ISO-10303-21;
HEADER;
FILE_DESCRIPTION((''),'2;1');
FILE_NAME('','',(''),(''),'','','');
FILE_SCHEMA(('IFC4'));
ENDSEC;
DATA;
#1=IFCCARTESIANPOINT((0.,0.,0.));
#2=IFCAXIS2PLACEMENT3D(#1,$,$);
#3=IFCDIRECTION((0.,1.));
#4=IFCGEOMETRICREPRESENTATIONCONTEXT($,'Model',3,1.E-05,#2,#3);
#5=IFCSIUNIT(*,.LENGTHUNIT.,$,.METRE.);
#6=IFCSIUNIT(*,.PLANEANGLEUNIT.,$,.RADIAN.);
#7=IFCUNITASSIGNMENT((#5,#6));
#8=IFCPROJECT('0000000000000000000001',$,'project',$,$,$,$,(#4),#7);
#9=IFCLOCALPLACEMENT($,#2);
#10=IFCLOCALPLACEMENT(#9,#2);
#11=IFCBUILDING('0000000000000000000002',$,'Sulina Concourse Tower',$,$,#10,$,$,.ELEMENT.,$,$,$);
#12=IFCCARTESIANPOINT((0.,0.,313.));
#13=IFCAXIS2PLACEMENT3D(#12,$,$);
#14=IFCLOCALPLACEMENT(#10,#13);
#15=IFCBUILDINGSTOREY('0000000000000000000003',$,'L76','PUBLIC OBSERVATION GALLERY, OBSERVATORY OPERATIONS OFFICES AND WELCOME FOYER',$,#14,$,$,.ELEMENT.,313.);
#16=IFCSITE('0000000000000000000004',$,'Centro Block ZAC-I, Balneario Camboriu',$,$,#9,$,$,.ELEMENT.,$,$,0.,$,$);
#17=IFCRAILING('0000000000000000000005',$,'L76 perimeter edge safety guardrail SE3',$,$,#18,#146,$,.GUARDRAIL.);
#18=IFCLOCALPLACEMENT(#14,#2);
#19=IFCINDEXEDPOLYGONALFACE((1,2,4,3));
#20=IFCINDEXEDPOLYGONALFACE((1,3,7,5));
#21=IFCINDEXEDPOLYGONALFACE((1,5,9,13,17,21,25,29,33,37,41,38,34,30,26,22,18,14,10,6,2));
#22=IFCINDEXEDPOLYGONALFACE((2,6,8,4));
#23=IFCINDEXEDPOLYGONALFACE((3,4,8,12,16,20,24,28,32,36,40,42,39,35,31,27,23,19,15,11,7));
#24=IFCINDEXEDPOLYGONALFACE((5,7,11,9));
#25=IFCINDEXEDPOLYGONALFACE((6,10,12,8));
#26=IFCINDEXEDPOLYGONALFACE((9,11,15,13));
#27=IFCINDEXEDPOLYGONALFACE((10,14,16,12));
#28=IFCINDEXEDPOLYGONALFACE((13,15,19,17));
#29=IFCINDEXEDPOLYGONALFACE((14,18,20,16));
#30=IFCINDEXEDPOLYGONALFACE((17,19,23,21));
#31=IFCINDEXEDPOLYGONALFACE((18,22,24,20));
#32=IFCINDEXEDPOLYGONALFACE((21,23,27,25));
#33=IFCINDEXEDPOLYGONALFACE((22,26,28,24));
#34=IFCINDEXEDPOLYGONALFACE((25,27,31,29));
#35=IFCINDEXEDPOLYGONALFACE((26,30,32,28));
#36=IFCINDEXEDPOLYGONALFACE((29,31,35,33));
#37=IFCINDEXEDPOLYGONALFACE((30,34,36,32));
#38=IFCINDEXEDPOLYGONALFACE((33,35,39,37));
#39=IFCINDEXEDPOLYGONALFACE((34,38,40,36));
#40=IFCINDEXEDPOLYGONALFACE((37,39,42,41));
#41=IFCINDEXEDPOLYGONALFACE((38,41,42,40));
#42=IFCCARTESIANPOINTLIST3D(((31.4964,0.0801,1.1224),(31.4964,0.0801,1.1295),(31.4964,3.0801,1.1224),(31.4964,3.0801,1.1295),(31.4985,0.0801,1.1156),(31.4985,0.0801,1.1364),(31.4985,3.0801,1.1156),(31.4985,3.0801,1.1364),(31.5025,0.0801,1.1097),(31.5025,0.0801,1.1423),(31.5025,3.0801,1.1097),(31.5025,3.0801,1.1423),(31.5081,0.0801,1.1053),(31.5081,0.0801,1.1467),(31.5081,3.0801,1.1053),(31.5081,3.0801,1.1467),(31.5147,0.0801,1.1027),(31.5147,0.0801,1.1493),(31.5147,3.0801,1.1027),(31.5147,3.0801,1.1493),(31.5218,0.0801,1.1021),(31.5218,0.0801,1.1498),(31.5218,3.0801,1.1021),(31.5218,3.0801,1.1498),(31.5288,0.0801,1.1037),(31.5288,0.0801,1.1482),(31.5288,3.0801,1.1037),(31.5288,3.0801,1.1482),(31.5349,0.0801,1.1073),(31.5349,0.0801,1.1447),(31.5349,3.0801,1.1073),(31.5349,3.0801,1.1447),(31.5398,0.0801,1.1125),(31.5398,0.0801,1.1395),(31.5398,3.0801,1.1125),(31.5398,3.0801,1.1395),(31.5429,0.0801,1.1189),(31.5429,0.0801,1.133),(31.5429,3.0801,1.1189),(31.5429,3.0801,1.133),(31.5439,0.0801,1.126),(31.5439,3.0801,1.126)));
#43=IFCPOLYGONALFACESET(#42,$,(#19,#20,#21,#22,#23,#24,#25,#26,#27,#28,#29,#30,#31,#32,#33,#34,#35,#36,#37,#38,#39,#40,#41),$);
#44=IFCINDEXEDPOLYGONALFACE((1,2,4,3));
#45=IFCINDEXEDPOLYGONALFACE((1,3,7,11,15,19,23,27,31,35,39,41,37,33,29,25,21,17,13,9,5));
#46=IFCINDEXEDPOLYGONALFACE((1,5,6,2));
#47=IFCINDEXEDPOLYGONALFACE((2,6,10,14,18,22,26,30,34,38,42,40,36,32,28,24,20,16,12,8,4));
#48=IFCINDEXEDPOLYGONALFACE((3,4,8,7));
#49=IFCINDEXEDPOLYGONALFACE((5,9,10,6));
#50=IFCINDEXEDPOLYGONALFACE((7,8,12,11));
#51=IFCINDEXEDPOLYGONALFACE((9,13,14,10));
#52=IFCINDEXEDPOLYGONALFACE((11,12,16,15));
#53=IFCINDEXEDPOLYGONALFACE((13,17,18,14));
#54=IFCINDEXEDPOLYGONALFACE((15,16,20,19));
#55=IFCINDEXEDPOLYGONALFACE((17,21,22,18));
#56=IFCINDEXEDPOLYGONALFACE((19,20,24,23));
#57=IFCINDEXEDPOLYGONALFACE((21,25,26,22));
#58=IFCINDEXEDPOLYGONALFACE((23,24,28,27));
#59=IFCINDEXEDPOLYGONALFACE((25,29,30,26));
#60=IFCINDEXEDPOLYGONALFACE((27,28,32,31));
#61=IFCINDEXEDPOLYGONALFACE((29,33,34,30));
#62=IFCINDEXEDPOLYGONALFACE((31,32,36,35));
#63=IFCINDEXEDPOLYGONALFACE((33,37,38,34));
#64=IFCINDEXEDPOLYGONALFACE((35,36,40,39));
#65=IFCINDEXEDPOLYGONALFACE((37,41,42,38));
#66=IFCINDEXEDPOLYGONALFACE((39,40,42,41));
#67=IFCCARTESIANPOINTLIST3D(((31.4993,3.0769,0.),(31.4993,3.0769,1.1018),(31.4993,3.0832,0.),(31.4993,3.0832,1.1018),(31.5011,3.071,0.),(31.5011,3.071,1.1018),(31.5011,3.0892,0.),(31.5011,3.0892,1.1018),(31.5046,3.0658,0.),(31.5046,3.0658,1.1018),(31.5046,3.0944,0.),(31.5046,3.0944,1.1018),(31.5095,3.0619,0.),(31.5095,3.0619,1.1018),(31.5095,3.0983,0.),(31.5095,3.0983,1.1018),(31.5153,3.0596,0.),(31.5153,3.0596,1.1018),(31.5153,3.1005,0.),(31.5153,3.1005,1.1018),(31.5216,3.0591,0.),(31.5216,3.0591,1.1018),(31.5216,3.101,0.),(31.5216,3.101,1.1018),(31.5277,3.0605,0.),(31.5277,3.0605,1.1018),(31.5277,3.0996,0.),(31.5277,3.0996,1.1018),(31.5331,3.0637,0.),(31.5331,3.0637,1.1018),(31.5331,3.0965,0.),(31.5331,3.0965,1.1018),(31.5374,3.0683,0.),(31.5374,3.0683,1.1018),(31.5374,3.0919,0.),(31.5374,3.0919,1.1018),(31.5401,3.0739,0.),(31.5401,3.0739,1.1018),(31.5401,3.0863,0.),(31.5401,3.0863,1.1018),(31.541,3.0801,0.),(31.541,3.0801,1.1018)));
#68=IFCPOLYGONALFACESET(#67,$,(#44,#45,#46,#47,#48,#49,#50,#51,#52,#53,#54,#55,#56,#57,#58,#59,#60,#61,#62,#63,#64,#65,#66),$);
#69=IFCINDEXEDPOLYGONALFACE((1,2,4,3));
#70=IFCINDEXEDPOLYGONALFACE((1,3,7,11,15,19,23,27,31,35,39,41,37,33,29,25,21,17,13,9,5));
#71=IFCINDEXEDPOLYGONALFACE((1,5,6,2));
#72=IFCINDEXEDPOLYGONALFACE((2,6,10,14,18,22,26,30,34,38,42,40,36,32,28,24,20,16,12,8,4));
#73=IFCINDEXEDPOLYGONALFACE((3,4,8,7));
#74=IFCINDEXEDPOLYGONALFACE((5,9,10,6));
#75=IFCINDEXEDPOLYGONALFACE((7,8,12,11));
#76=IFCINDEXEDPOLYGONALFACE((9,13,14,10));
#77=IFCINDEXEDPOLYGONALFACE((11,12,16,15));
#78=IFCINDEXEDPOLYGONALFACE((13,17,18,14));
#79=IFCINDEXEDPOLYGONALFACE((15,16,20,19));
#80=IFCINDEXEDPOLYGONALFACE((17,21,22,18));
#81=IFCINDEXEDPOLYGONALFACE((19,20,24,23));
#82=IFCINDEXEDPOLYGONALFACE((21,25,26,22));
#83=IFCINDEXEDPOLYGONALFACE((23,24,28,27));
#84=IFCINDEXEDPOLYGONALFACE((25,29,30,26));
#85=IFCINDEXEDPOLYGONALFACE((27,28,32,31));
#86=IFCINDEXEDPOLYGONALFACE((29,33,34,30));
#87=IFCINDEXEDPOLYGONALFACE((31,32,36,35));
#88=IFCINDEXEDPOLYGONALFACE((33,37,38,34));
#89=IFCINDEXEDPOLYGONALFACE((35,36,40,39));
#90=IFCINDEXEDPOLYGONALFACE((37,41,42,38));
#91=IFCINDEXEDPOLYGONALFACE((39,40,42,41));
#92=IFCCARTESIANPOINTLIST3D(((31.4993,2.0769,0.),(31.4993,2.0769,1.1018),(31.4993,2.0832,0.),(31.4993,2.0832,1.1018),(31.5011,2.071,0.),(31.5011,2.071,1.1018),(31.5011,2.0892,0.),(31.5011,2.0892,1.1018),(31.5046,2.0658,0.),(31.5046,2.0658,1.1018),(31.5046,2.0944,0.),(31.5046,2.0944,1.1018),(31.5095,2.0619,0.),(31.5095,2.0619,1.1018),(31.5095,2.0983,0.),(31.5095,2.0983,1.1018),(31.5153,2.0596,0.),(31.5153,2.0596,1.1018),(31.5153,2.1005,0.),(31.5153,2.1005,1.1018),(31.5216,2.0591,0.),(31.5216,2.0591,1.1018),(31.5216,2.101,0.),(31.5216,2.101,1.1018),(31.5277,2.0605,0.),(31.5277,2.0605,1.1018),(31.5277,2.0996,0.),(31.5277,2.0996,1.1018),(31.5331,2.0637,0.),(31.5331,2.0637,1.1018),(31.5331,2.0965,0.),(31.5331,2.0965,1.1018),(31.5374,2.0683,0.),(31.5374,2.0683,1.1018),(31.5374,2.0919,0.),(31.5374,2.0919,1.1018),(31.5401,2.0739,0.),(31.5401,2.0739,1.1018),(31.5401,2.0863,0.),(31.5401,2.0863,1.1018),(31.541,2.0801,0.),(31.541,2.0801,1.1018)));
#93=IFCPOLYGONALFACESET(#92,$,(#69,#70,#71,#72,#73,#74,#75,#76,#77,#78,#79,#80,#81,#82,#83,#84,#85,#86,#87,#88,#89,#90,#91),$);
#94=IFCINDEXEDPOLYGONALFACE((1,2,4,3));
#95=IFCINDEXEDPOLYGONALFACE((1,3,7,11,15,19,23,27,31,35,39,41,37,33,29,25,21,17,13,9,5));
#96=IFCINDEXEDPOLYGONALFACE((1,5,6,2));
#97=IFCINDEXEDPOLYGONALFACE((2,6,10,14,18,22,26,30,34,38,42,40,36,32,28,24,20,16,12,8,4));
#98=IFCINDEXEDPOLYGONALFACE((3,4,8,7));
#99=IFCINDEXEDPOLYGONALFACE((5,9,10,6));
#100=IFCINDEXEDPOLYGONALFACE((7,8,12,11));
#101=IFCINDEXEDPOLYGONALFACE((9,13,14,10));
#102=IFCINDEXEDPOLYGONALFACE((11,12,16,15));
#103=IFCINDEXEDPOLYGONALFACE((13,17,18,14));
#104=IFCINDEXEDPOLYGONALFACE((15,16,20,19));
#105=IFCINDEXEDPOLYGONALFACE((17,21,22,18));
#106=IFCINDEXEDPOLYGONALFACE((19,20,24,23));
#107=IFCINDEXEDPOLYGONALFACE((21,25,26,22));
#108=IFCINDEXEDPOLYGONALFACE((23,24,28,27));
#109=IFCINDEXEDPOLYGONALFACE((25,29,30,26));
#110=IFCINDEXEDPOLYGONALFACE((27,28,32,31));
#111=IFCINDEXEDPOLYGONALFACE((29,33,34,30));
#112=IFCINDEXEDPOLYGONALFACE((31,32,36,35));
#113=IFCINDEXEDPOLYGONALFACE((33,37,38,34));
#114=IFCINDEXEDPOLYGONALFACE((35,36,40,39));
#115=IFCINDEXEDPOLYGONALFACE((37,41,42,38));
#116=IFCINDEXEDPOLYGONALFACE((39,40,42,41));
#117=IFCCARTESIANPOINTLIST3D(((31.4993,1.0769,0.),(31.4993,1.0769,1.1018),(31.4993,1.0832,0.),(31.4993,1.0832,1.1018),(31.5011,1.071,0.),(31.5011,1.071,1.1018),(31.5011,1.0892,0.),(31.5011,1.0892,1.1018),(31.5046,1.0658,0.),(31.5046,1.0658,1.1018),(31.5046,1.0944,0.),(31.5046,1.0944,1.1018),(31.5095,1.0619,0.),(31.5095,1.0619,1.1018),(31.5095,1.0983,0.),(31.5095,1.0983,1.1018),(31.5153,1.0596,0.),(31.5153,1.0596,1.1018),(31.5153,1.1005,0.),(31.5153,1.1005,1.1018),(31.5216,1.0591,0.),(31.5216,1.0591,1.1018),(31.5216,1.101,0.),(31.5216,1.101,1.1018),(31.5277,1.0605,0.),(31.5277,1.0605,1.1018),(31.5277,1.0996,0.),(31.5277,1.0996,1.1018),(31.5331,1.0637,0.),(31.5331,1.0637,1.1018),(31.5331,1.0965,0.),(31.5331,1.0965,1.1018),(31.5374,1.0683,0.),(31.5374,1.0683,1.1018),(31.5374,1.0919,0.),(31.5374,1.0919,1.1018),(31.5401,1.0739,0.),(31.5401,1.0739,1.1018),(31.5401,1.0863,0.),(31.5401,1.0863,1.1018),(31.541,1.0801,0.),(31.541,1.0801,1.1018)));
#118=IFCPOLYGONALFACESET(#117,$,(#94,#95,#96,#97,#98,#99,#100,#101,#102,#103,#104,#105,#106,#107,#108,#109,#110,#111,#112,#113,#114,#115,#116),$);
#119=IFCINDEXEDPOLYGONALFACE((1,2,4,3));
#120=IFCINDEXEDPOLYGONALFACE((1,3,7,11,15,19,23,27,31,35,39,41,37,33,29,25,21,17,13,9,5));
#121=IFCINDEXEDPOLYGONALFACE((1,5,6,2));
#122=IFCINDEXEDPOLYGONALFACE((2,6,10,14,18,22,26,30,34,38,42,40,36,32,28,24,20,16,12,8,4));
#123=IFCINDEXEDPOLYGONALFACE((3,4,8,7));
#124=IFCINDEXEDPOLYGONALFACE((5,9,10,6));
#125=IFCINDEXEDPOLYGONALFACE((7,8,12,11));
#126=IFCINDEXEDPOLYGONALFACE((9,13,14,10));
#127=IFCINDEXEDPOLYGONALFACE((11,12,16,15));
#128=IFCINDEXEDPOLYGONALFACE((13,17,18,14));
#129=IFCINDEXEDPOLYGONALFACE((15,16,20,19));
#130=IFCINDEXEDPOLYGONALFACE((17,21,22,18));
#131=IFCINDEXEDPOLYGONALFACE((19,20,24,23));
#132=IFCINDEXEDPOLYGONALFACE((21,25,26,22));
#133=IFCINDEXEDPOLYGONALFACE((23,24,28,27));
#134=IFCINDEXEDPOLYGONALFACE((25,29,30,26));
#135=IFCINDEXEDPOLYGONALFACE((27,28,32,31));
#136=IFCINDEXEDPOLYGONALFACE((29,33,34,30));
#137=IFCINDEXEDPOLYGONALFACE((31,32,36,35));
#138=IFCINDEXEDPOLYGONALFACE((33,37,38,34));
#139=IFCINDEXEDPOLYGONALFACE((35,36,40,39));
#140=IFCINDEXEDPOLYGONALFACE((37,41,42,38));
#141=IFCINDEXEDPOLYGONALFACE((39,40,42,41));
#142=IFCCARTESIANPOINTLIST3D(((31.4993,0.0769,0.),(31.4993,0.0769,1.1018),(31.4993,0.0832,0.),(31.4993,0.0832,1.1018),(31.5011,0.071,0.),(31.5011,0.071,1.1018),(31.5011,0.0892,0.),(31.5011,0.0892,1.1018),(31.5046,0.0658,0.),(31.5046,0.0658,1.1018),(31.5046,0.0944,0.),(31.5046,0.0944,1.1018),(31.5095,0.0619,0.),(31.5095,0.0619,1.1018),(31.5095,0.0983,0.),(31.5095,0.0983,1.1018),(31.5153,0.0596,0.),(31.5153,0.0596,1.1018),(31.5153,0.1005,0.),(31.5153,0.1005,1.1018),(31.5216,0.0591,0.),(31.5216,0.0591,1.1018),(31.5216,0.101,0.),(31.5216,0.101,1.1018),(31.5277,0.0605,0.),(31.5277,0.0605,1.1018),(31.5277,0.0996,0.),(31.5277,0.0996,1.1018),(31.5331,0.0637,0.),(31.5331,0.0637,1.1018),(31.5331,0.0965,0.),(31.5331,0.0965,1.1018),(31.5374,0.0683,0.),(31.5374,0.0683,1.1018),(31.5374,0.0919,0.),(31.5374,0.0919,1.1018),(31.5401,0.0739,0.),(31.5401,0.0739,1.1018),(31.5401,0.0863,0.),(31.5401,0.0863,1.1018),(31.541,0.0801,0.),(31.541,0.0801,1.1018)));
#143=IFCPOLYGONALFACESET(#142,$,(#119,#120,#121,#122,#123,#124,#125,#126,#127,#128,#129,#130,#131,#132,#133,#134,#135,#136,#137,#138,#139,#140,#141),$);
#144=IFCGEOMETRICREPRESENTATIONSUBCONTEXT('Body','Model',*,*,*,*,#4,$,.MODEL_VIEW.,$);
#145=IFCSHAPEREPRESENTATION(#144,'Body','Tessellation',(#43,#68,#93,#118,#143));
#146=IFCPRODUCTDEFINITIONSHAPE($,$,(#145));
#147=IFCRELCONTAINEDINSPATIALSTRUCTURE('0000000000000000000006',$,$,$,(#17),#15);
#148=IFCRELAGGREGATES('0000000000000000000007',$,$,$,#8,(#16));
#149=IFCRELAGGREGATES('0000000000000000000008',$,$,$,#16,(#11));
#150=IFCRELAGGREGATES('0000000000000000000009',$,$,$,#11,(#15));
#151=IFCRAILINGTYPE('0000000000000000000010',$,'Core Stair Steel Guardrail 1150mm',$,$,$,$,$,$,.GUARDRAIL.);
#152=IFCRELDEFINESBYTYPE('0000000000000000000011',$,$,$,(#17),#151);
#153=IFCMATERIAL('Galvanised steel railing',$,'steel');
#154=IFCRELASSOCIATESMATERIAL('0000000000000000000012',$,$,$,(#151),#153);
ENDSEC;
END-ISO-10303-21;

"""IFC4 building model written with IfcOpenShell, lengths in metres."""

from ifc_helpers import new_model, si_unit, direction, frame, origin, origin_2d, place, context, subcontext, project, spatial, circle, extrude, material, type_object, element, save


model = new_model("IFC4")

# Units and contexts
model_context = context("Model", 3, precision=1e-05, world=origin(), true_north=direction((0.0, 1.0)))
body_context = subcontext(model_context, "Body", "Model", "MODEL_VIEW")
ifc_project = project(units=[si_unit("LENGTHUNIT", "METRE"), si_unit("PLANEANGLEUNIT", "RADIAN")], contexts=[model_context])

# Site, building, storey
site_placement = place(None, origin())
site = spatial("IfcSite", under=ifc_project, at=site_placement, Name="Centro Block ZAC-I, Balneario Camboriu", CompositionType="ELEMENT", RefElevation=0.0)
building_placement = place(site_placement, origin())
building = spatial("IfcBuilding", under=site, at=building_placement, Name="Sulina Concourse Tower", CompositionType="ELEMENT")
storey_placement = place(building_placement, frame((0.0, 0.0, 313.0)))
storey = spatial("IfcBuildingStorey", under=building, at=storey_placement, Name="L76", Description="PUBLIC OBSERVATION GALLERY, OBSERVATORY OPERATIONS OFFICES AND WELCOME FOYER", CompositionType="ELEMENT", Elevation=313.0)

# Railing
ifc_material_1 = material(Name="Galvanised steel railing", Category="steel")
railing_type = type_object("IfcRailingType", Name="Core Stair Steel Guardrail 1150mm", PredefinedType="GUARDRAIL", material=ifc_material_1)
railing_1_placement = place(storey_placement, frame((31.52, 3.0801, 0.0)))
element("IfcRailing", 1, at=railing_1_placement, inside=storey, type_object=railing_type, Name="L76 perimeter edge safety guardrail SE3", PredefinedType="GUARDRAIL", context=body_context, shape_type="SweptSolid", body=[
    extrude(circle(Radius=0.0239, at=origin_2d()), frame((0.0, 0.0, 1.126), z_axis=(0.0, -1.0, 0.0), x_axis=(1.0, 0.0, 0.0)), (0.0, 0.0, 1.0), 3.0),
    extrude(circle(Radius=0.021, at=origin_2d()), origin(), (0.0, 0.0, 1.0), 1.1018),
    extrude(circle(Radius=0.021, at=origin_2d()), frame((0.0, -1.0, 0.0)), (0.0, 0.0, 1.0), 1.1018),
    extrude(circle(Radius=0.021, at=origin_2d()), frame((0.0, -2.0, 0.0)), (0.0, 0.0, 1.0), 1.1018),
    extrude(circle(Radius=0.021, at=origin_2d()), frame((0.0, -3.0, 0.0)), (0.0, 0.0, 1.0), 1.1018),
])

save(model, "model.ifc")
